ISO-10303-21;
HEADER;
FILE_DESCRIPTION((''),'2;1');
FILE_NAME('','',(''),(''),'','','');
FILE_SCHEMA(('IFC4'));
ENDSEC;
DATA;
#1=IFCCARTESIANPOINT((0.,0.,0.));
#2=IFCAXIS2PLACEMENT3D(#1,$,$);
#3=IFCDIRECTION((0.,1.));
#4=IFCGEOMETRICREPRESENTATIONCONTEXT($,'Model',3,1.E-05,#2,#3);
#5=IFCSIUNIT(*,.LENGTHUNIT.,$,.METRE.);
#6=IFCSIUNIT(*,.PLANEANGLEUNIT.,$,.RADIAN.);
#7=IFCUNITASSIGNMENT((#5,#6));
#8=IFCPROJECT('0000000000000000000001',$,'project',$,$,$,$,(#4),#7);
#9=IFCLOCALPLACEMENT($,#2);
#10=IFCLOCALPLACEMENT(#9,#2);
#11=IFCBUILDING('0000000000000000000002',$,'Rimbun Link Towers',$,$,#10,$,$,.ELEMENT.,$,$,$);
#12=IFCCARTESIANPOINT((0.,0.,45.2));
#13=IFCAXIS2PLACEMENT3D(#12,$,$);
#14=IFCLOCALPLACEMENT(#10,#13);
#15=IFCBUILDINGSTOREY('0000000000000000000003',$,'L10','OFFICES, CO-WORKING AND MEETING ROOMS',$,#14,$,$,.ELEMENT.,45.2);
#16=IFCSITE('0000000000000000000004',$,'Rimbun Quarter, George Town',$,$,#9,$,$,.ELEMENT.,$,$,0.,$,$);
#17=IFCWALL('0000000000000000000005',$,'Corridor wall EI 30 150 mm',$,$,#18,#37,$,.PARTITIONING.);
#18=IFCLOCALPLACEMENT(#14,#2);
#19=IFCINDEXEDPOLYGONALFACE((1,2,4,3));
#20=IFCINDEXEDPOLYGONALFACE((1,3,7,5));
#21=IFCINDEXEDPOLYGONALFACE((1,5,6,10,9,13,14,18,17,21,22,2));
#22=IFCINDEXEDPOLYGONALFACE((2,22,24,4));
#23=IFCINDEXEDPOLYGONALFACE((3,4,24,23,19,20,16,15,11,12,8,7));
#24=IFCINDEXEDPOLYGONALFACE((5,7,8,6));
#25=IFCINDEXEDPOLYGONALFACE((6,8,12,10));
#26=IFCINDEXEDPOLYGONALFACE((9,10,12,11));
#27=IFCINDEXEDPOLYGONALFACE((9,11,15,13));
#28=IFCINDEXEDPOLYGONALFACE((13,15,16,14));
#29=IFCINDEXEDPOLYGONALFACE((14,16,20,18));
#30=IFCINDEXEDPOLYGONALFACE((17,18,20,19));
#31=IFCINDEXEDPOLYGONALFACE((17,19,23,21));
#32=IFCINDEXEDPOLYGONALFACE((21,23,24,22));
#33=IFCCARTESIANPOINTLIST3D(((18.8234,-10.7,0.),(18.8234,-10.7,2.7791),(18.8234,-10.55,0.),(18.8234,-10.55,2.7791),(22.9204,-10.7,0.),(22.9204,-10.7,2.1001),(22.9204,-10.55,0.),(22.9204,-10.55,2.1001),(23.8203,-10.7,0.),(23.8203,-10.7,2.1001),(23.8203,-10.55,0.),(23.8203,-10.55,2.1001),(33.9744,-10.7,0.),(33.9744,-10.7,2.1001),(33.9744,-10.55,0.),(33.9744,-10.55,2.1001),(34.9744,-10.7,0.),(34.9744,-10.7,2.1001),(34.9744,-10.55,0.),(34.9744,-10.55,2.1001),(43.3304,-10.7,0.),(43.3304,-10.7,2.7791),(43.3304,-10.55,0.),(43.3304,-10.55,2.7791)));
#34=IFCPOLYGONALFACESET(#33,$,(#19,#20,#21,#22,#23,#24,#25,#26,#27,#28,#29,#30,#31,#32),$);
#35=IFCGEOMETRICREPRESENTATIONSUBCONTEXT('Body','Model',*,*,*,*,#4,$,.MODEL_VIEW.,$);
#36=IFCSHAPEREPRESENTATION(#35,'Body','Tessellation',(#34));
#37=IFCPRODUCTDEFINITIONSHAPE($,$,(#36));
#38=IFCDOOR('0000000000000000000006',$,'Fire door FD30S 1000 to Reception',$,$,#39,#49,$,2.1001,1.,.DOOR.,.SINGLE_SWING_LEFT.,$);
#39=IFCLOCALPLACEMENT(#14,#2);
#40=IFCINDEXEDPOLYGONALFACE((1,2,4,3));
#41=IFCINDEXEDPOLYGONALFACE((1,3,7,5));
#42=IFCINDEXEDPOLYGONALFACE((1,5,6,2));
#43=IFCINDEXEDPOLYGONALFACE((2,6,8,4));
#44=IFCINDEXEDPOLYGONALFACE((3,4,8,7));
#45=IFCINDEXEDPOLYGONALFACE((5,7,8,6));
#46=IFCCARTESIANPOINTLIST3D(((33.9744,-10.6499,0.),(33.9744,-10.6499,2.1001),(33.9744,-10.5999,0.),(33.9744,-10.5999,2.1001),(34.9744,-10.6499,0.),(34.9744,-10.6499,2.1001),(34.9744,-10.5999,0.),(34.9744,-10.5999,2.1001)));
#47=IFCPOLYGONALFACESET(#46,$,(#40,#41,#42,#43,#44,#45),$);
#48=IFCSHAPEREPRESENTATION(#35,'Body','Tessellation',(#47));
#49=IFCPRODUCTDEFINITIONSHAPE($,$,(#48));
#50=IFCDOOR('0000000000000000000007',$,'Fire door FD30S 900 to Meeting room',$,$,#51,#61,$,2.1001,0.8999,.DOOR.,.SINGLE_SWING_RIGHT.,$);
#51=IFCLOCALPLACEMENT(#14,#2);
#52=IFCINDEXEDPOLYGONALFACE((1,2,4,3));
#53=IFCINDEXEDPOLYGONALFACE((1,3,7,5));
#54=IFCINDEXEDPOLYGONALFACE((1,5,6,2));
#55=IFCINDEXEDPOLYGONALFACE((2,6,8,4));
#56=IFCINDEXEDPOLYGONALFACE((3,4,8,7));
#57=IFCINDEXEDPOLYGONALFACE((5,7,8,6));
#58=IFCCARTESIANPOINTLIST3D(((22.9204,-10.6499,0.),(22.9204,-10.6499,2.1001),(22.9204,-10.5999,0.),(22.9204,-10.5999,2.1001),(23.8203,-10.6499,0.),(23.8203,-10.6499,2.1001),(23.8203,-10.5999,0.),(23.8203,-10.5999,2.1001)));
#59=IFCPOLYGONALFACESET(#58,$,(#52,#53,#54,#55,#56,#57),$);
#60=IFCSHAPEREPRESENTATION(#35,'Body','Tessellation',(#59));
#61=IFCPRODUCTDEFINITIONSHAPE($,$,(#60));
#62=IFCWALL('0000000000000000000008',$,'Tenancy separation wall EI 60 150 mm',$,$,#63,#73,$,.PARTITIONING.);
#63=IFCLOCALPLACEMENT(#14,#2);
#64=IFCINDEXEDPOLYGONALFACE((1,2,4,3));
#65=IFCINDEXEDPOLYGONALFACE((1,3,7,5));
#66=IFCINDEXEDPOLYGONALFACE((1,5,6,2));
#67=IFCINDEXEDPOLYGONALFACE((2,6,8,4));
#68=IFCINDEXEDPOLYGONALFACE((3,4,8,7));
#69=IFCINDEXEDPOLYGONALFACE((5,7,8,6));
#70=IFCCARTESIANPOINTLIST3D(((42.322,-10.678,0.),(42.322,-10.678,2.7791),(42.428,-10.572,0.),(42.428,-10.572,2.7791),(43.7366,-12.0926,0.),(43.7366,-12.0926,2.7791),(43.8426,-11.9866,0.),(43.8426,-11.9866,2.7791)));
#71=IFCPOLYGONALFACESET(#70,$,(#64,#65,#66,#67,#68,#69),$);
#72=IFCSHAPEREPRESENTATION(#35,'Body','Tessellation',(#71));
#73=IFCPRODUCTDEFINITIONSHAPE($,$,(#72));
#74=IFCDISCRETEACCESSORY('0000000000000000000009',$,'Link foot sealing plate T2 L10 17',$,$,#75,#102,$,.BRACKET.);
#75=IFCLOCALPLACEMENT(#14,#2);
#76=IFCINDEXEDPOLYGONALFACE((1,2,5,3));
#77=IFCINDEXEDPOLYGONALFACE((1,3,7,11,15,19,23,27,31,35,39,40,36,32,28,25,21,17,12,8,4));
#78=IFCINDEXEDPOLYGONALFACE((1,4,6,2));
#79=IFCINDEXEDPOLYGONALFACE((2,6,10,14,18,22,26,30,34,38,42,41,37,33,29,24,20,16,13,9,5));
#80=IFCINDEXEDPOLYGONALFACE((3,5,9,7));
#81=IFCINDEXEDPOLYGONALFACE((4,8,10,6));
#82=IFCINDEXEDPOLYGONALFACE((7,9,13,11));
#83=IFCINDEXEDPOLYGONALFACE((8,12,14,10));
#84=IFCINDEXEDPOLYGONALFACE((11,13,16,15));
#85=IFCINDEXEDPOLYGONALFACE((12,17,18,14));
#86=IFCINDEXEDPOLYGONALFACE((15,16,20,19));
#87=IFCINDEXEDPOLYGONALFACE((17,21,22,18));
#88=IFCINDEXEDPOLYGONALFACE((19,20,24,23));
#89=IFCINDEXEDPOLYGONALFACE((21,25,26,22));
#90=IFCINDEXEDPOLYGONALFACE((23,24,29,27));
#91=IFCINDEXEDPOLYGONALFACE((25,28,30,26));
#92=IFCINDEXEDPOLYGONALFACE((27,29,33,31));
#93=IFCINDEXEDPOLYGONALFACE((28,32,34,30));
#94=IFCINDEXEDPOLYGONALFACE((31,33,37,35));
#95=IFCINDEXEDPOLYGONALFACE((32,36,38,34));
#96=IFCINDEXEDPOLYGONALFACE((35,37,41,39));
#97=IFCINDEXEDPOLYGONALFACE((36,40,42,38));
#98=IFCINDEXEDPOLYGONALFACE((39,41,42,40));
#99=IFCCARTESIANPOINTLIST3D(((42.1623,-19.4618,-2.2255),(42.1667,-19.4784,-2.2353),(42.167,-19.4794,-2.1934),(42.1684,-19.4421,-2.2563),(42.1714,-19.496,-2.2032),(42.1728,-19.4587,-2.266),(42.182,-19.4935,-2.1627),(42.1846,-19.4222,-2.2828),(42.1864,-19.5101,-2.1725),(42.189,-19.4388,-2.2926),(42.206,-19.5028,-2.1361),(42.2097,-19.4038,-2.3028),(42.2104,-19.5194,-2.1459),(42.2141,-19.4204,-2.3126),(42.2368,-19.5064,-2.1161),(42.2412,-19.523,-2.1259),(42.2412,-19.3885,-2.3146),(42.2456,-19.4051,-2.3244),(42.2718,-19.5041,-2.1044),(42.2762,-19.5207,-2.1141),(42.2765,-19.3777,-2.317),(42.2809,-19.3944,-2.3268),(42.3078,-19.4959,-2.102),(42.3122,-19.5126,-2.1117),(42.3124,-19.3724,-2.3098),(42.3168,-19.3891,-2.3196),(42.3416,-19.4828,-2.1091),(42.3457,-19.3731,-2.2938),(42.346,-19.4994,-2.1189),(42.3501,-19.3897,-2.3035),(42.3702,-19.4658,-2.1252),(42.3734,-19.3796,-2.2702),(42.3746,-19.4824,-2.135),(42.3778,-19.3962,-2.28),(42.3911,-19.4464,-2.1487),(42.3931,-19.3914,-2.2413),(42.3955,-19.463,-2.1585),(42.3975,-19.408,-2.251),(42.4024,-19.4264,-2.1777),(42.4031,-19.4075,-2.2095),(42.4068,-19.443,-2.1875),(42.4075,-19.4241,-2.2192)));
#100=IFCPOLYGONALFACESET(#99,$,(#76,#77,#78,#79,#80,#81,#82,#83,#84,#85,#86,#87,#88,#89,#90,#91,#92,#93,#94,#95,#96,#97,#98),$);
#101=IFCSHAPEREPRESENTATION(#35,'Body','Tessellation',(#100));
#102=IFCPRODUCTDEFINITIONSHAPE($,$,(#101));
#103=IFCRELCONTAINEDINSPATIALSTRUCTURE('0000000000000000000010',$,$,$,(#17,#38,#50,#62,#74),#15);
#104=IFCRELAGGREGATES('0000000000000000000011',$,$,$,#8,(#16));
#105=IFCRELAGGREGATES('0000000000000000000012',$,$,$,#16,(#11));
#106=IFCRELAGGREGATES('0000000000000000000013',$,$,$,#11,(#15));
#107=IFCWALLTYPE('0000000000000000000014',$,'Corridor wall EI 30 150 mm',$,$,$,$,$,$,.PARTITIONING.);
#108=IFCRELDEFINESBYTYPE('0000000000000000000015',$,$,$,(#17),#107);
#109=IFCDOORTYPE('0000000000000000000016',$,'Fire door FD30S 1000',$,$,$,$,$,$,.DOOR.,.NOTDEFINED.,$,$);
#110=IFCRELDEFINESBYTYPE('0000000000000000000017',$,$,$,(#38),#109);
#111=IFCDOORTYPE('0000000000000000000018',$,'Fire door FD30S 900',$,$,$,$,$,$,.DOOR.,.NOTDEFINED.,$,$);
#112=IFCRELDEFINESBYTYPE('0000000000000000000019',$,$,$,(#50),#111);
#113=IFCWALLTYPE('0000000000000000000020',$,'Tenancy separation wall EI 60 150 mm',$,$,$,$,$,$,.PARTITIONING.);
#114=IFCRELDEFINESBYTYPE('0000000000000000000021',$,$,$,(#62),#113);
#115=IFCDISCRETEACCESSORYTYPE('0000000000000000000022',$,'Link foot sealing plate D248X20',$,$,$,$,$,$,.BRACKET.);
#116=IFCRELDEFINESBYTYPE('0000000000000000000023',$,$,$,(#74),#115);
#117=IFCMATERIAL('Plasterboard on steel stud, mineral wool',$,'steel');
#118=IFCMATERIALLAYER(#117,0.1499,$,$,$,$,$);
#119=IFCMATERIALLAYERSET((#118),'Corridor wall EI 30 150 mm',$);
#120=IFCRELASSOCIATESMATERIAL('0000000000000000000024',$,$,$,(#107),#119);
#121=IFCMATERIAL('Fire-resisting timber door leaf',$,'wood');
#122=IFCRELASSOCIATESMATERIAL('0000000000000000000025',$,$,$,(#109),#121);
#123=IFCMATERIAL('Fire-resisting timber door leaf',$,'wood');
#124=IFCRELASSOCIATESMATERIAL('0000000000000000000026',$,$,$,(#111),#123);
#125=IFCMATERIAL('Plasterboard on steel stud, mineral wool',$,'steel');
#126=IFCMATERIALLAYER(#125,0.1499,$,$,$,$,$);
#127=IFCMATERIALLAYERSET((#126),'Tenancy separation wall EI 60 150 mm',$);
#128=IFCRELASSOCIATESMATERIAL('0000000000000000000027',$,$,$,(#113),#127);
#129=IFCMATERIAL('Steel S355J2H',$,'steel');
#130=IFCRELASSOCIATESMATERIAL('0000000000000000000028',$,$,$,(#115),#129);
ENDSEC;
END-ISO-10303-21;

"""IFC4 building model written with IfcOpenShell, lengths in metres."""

from ifc_helpers import new_model, si_unit, direction, frame, frame_2d, origin, origin_2d, place, context, subcontext, project, spatial, rectangle, circle, extrude, material, layer, layer_set, material_profile, profile_set, type_object, element, fill, save


model = new_model("IFC4")

# Units and contexts
model_context = context("Model", 3, precision=1e-05, world=origin(), true_north=direction((0.0, 1.0)))
body_context = subcontext(model_context, "Body", "Model", "MODEL_VIEW")
ifc_project = project(units=[si_unit("LENGTHUNIT", "METRE"), si_unit("PLANEANGLEUNIT", "RADIAN")], contexts=[model_context])

# Site, building, storey
site_placement = place(None, origin())
site = spatial("IfcSite", under=ifc_project, at=site_placement, Name="Rimbun Quarter, George Town", CompositionType="ELEMENT", RefElevation=0.0)
building_placement = place(site_placement, origin())
building = spatial("IfcBuilding", under=site, at=building_placement, Name="Rimbun Link Towers", CompositionType="ELEMENT")
storey_placement = place(building_placement, frame((0.0, 0.0, 45.2)))
storey = spatial("IfcBuildingStorey", under=building, at=storey_placement, Name="L10", Description="OFFICES, CO-WORKING AND MEETING ROOMS", CompositionType="ELEMENT", Elevation=45.2)

# Wall, openings, doors
ifc_material_1 = material(Name="Plasterboard on steel stud, mineral wool", Category="steel")
ifc_layer_1 = layer(ifc_material_1, 0.1499)
ifc_layer_set_1 = layer_set([ifc_layer_1], Name="Corridor wall EI 30 150 mm")
wall_type_1 = type_object("IfcWallType", Name="Corridor wall EI 30 150 mm", PredefinedType="PARTITIONING", material=ifc_layer_set_1)
wall_1_placement = place(storey_placement, frame((43.3303, -10.625, 0.0), z_axis=(0.0, 0.0, 1.0), x_axis=(-1.0, 0.0, 0.0)))
wall_1 = element("IfcWall", 1, at=wall_1_placement, inside=storey, type_object=wall_type_1, Name="Corridor wall EI 30 150 mm", PredefinedType="PARTITIONING", context=body_context, shape_type="SweptSolid", body=[
    extrude(rectangle(XDim=24.5071, YDim=0.1499, at=frame_2d((12.2534, 0.0))), origin(), (0.0, 0.0, 1.0), 2.7791),
])
opening_1_placement = place(wall_1_placement, frame((19.51, 0.0, 0.0)))
opening_1 = element("IfcOpeningElement", 2, at=opening_1_placement, cuts=wall_1, PredefinedType="OPENING", context=body_context, shape_type="SweptSolid", body=[
    extrude(rectangle(XDim=0.8999, YDim=2.1001, at=frame_2d((0.45, 1.05))), frame((0.0, 0.085, 0.0), z_axis=(0.0, -1.0, 0.0), x_axis=(1.0, 0.0, 0.0)), (0.0, 0.0, 1.0), 0.1699),
])
opening_2_placement = place(wall_1_placement, frame((8.356, 0.0, 0.0)))
opening_2 = element("IfcOpeningElement", 3, at=opening_2_placement, cuts=wall_1, PredefinedType="OPENING", context=body_context, shape_type="SweptSolid", body=[
    extrude(rectangle(XDim=1.0, YDim=2.1001, at=frame_2d((0.5, 1.05))), frame((0.0, 0.085, 0.0), z_axis=(0.0, -1.0, 0.0), x_axis=(1.0, 0.0, 0.0)), (0.0, 0.0, 1.0), 0.1699),
])
ifc_material_2 = material(Name="Fire-resisting timber door leaf", Category="wood")
door_type_1 = type_object("IfcDoorType", Name="Fire door FD30S 1000", OperationType="NOTDEFINED", PredefinedType="DOOR", material=ifc_material_2)
door_1_placement = place(opening_2_placement, origin())
door_1 = element("IfcDoor", 4, at=door_1_placement, inside=storey, type_object=door_type_1, Name="Fire door FD30S 1000 to Reception", OperationType="SINGLE_SWING_LEFT", OverallHeight=2.1001, OverallWidth=1.0, PredefinedType="DOOR", context=body_context, shape_type="SweptSolid", body=[
    extrude(rectangle(XDim=1.0, YDim=2.1001, at=frame_2d((0.5, 1.05))), frame((0.0, 0.0249, 0.0), z_axis=(0.0, -1.0, 0.0), x_axis=(1.0, 0.0, 0.0)), (0.0, 0.0, 1.0), 0.05),
])
fill(opening_2, door_1)
ifc_material_3 = material(Name="Fire-resisting timber door leaf", Category="wood")
door_type_2 = type_object("IfcDoorType", Name="Fire door FD30S 900", OperationType="NOTDEFINED", PredefinedType="DOOR", material=ifc_material_3)
door_2_placement = place(opening_1_placement, origin())
door_2 = element("IfcDoor", 5, at=door_2_placement, inside=storey, type_object=door_type_2, Name="Fire door FD30S 900 to Meeting room", OperationType="SINGLE_SWING_RIGHT", OverallHeight=2.1001, OverallWidth=0.8999, PredefinedType="DOOR", context=body_context, shape_type="SweptSolid", body=[
    extrude(rectangle(XDim=0.8999, YDim=2.1001, at=frame_2d((0.45, 1.05))), frame((0.0, 0.0249, 0.0), z_axis=(0.0, -1.0, 0.0), x_axis=(1.0, 0.0, 0.0)), (0.0, 0.0, 1.0), 0.05),
])
fill(opening_1, door_2)

# Wall
ifc_material_4 = material(Name="Plasterboard on steel stud, mineral wool", Category="steel")
ifc_layer_2 = layer(ifc_material_4, 0.1499)
ifc_layer_set_2 = layer_set([ifc_layer_2], Name="Tenancy separation wall EI 60 150 mm")
wall_type_2 = type_object("IfcWallType", Name="Tenancy separation wall EI 60 150 mm", PredefinedType="PARTITIONING", material=ifc_layer_set_2)
wall_2_placement = place(storey_placement, frame((42.375, -10.625, 0.0), z_axis=(0.0, 0.0, 1.0), x_axis=(0.707107, -0.707107, 0.0)))
element("IfcWall", 6, at=wall_2_placement, inside=storey, type_object=wall_type_2, Name="Tenancy separation wall EI 60 150 mm", PredefinedType="PARTITIONING", context=body_context, shape_type="SweptSolid", body=[
    extrude(rectangle(XDim=2.0005, YDim=0.1499, at=frame_2d((1.0002, 0.0))), origin(), (0.0, 0.0, 1.0), 2.7791),
])

# Discrete accessory
ifc_material_5 = material(Name="Steel S355J2H", Category="steel")
ifc_material_profile_1 = material_profile(ifc_material_5, circle(Radius=0.124, at=origin_2d()), Name="PL D248")
ifc_profile_set_1 = profile_set([ifc_material_profile_1], Name="Steel S355J2H")
discrete_accessory_type = type_object("IfcDiscreteAccessoryType", Name="Link foot sealing plate D248X20", PredefinedType="BRACKET", material=ifc_profile_set_1)
discrete_accessory_placement = place(storey_placement, frame((42.2832, -19.4392, -2.2095), z_axis=(0.222443, -0.840339, -0.494317), x_axis=(0.966705, 0.255893, 0.0)))
element("IfcDiscreteAccessory", 7, at=discrete_accessory_placement, inside=storey, type_object=discrete_accessory_type, Name="Link foot sealing plate T2 L10 17", PredefinedType="BRACKET", context=body_context, shape_type="SweptSolid", body=[
    extrude(circle(Radius=0.124, at=origin_2d()), origin(), (0.0, 0.0, 1.0), 0.0198),
])

save(model, "model.ifc")
